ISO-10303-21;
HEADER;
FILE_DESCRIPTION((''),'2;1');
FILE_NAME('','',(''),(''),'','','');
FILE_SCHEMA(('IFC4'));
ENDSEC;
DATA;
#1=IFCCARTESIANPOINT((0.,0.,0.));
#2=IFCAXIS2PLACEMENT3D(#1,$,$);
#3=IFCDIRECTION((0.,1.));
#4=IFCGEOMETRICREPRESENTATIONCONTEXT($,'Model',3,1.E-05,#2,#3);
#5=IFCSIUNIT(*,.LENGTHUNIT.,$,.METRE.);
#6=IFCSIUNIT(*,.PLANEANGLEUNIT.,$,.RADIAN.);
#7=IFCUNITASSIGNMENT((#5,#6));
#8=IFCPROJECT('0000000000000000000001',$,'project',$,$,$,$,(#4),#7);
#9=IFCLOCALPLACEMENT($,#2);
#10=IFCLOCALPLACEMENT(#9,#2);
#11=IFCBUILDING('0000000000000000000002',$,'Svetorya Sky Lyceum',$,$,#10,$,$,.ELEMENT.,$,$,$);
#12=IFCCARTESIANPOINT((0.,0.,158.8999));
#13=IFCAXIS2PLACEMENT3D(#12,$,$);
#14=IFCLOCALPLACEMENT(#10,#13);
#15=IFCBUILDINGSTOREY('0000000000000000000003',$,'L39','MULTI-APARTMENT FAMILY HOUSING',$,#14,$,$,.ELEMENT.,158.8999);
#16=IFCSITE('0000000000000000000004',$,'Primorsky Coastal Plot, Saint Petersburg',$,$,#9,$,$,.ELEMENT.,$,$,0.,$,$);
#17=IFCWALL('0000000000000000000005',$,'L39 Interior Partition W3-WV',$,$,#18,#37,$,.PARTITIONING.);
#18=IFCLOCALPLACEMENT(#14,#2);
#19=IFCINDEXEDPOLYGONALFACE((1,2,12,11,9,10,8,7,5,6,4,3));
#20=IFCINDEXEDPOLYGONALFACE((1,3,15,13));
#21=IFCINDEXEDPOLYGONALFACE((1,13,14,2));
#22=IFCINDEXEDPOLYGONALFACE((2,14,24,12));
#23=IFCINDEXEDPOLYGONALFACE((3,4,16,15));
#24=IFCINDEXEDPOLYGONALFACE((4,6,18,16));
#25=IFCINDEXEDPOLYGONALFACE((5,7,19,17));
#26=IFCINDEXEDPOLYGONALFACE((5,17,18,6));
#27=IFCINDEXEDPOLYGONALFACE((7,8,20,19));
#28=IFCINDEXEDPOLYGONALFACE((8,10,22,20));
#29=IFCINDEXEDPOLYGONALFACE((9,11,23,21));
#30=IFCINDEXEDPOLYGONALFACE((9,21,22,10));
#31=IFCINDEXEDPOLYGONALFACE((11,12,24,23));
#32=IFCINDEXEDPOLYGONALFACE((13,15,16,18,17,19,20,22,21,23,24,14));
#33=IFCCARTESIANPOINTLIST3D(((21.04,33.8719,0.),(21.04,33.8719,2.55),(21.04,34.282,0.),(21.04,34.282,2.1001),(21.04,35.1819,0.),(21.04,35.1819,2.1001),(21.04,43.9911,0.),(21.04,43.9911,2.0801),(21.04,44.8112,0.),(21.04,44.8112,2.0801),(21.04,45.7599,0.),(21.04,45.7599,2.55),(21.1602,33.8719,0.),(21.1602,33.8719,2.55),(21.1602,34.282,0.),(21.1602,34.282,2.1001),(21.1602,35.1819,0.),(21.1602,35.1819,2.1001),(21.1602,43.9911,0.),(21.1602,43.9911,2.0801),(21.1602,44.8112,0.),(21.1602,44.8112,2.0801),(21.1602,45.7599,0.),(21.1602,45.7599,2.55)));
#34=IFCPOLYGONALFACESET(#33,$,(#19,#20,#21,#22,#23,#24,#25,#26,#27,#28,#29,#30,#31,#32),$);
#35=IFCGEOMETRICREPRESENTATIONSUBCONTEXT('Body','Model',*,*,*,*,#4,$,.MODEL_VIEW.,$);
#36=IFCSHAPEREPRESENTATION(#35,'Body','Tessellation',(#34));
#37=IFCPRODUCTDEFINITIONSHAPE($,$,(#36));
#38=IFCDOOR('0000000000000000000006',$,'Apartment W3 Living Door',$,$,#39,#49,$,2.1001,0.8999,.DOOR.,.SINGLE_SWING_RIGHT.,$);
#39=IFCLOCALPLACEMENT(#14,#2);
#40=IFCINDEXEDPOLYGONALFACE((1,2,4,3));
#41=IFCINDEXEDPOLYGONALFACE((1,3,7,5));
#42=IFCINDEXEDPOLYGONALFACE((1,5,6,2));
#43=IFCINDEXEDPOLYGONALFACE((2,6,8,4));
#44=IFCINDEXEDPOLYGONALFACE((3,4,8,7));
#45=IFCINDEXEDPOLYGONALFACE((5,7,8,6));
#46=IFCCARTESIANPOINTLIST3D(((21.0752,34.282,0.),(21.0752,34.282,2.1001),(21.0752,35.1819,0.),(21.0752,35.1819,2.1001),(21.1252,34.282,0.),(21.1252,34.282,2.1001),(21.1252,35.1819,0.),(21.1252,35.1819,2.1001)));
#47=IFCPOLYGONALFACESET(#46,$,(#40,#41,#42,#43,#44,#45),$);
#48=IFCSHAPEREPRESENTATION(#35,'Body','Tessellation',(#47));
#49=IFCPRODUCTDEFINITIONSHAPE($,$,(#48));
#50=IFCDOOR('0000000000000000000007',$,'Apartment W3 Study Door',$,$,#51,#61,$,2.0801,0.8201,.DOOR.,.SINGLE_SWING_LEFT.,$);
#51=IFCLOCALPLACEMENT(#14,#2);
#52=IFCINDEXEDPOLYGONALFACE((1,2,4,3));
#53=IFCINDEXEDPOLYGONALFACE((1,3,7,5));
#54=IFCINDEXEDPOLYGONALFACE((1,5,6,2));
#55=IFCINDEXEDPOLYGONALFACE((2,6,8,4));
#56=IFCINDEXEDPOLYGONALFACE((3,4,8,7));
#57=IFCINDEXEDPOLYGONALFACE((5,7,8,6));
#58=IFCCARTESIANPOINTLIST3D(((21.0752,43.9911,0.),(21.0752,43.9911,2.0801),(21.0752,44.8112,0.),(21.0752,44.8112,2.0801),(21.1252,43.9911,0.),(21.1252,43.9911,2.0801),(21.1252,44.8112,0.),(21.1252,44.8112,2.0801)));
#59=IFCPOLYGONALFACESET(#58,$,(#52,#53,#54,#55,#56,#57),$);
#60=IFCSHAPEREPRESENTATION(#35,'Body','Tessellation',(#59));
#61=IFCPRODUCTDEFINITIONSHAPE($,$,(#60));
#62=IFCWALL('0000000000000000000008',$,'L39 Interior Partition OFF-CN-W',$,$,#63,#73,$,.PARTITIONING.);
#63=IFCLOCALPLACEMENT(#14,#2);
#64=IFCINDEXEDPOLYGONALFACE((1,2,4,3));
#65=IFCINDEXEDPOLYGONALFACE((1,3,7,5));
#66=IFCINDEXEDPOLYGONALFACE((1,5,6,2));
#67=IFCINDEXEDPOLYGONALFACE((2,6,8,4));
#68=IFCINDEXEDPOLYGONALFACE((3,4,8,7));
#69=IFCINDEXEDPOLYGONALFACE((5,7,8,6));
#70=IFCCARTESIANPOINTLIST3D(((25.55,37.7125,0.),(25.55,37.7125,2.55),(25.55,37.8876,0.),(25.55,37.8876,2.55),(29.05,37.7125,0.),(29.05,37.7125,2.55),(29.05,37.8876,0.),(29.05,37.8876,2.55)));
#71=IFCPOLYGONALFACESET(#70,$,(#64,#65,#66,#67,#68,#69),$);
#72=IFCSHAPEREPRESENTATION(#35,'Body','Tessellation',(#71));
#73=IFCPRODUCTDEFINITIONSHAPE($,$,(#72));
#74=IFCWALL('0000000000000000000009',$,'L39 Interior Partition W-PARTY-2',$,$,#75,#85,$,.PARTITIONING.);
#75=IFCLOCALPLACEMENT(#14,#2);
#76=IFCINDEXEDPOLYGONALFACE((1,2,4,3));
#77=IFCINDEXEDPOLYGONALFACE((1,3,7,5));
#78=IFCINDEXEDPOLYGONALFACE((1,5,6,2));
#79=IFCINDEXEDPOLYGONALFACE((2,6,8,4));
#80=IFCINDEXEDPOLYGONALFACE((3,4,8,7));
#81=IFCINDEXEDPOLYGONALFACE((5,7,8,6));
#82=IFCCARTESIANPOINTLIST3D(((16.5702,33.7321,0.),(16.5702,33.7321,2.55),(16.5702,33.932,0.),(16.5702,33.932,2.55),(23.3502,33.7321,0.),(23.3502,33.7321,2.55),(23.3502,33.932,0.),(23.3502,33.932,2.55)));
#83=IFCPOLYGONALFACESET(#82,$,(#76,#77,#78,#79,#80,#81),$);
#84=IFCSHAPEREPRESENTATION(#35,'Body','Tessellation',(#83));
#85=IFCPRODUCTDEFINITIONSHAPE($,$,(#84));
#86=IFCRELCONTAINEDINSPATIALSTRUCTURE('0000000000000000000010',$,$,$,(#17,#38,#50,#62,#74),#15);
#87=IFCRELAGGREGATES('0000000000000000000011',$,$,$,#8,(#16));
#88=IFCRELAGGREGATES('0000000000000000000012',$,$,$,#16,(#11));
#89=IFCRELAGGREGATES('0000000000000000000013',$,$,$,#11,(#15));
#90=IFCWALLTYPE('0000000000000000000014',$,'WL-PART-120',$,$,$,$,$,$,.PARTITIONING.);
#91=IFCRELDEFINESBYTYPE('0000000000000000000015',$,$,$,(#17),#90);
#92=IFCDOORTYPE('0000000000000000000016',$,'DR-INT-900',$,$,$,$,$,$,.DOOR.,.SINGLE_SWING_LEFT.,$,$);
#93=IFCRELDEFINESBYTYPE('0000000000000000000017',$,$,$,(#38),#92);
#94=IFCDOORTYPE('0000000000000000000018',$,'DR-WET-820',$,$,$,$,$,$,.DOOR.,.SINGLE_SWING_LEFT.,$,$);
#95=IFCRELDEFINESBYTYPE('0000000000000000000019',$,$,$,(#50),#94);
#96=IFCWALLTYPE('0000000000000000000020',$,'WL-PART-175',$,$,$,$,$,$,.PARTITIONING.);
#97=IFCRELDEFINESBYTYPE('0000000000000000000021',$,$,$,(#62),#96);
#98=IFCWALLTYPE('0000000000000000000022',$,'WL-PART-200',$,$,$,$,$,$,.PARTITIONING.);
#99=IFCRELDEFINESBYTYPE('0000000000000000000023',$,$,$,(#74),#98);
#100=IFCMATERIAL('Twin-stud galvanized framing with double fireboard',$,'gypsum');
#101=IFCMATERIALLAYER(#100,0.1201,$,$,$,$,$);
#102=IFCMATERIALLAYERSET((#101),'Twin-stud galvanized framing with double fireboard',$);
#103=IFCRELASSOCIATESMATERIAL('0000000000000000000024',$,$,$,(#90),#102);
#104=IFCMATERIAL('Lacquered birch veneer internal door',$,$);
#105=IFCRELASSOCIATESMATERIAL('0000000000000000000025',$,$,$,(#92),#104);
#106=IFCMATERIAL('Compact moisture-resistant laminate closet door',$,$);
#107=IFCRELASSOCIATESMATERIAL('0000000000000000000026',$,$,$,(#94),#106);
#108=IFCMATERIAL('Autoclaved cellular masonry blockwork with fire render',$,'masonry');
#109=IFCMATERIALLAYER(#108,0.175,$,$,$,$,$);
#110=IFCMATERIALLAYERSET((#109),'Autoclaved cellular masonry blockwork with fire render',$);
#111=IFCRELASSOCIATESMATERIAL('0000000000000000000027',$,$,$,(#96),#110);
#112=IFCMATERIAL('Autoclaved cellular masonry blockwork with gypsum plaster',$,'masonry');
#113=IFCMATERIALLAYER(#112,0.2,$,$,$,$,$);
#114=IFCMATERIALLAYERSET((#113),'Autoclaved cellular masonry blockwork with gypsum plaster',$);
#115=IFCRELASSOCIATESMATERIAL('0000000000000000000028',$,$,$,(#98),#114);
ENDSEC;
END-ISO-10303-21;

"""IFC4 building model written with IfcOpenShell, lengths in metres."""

from ifc_helpers import new_model, si_unit, direction, frame, frame_2d, origin, place, context, subcontext, project, spatial, rectangle, extrude, material, layer, layer_set, type_object, element, fill, save


model = new_model("IFC4")

# Units and contexts
model_context = context("Model", 3, precision=1e-05, world=origin(), true_north=direction((0.0, 1.0)))
body_context = subcontext(model_context, "Body", "Model", "MODEL_VIEW")
ifc_project = project(units=[si_unit("LENGTHUNIT", "METRE"), si_unit("PLANEANGLEUNIT", "RADIAN")], contexts=[model_context])

# Site, building, storey
site_placement = place(None, origin())
site = spatial("IfcSite", under=ifc_project, at=site_placement, Name="Primorsky Coastal Plot, Saint Petersburg", CompositionType="ELEMENT", RefElevation=0.0)
building_placement = place(site_placement, origin())
building = spatial("IfcBuilding", under=site, at=building_placement, Name="Svetorya Sky Lyceum", CompositionType="ELEMENT")
storey_placement = place(building_placement, frame((0.0, 0.0, 158.8999)))
storey = spatial("IfcBuildingStorey", under=building, at=storey_placement, Name="L39", Description="MULTI-APARTMENT FAMILY HOUSING", CompositionType="ELEMENT", Elevation=158.8999)

# Shared definitions
ifc_material_1 = material(Name="Twin-stud galvanized framing with double fireboard", Category="gypsum")
ifc_layer_1 = layer(ifc_material_1, 0.1201)
ifc_layer_set_1 = layer_set([ifc_layer_1], Name="Twin-stud galvanized framing with double fireboard")
wall_type_1 = type_object("IfcWallType", Name="WL-PART-120", PredefinedType="PARTITIONING", material=ifc_layer_set_1)
ifc_material_2 = material(Name="Lacquered birch veneer internal door")
door_type_1 = type_object("IfcDoorType", Name="DR-INT-900", OperationType="SINGLE_SWING_LEFT", PredefinedType="DOOR", material=ifc_material_2)

# Wall, openings, doors
wall_1_placement = place(storey_placement, frame((21.1001, 33.8721, 0.0), z_axis=(0.0, 0.0, 1.0), x_axis=(0.0, 1.0, 0.0)))
wall_1 = element("IfcWall", 1, at=wall_1_placement, inside=storey, type_object=wall_type_1, Name="L39 Interior Partition W3-WV", PredefinedType="PARTITIONING", context=body_context, shape_type="SweptSolid", body=[
    extrude(rectangle(XDim=11.8879, YDim=0.1201, at=frame_2d((5.9438, 0.0))), origin(), (0.0, 0.0, 1.0), 2.55),
])
opening_1_placement = place(wall_1_placement, frame((0.4099, 0.0, 0.0)))
opening_1 = element("IfcOpeningElement", 2, at=opening_1_placement, cuts=wall_1, PredefinedType="OPENING", context=body_context, shape_type="SweptSolid", body=[
    extrude(rectangle(XDim=0.8999, YDim=2.1001, at=frame_2d((0.45, 1.05))), frame((0.0, 0.0701, 0.0), z_axis=(0.0, -1.0, 0.0), x_axis=(1.0, 0.0, 0.0)), (0.0, 0.0, 1.0), 0.1401),
])
opening_2_placement = place(wall_1_placement, frame((10.1189, 0.0, 0.0)))
opening_2 = element("IfcOpeningElement", 3, at=opening_2_placement, cuts=wall_1, PredefinedType="OPENING", context=body_context, shape_type="SweptSolid", body=[
    extrude(rectangle(XDim=0.8201, YDim=2.0801, at=frame_2d((0.4102, 1.04))), frame((0.0, 0.0701, 0.0), z_axis=(0.0, -1.0, 0.0), x_axis=(1.0, 0.0, 0.0)), (0.0, 0.0, 1.0), 0.1401),
])
door_1_placement = place(opening_1_placement, origin())
door_1 = element("IfcDoor", 4, at=door_1_placement, inside=storey, type_object=door_type_1, Name="Apartment W3 Living Door", OperationType="SINGLE_SWING_RIGHT", OverallHeight=2.1001, OverallWidth=0.8999, PredefinedType="DOOR", context=body_context, shape_type="SweptSolid", body=[
    extrude(rectangle(XDim=0.8999, YDim=2.1001, at=frame_2d((0.45, 1.05))), frame((0.0, 0.0249, 0.0), z_axis=(0.0, -1.0, 0.0), x_axis=(1.0, 0.0, 0.0)), (0.0, 0.0, 1.0), 0.05),
])
fill(opening_1, door_1)
ifc_material_3 = material(Name="Compact moisture-resistant laminate closet door")
door_type_2 = type_object("IfcDoorType", Name="DR-WET-820", OperationType="SINGLE_SWING_LEFT", PredefinedType="DOOR", material=ifc_material_3)
door_2_placement = place(opening_2_placement, origin())
door_2 = element("IfcDoor", 5, at=door_2_placement, inside=storey, type_object=door_type_2, Name="Apartment W3 Study Door", OperationType="SINGLE_SWING_LEFT", OverallHeight=2.0801, OverallWidth=0.8201, PredefinedType="DOOR", context=body_context, shape_type="SweptSolid", body=[
    extrude(rectangle(XDim=0.8201, YDim=2.0801, at=frame_2d((0.4102, 1.04))), frame((0.0, 0.0249, 0.0), z_axis=(0.0, -1.0, 0.0), x_axis=(1.0, 0.0, 0.0)), (0.0, 0.0, 1.0), 0.05),
])
fill(opening_2, door_2)

# Walls
ifc_material_4 = material(Name="Autoclaved cellular masonry blockwork with fire render", Category="masonry")
ifc_layer_2 = layer(ifc_material_4, 0.175)
ifc_layer_set_2 = layer_set([ifc_layer_2], Name="Autoclaved cellular masonry blockwork with fire render")
wall_type_2 = type_object("IfcWallType", Name="WL-PART-175", PredefinedType="PARTITIONING", material=ifc_layer_set_2)
wall_2_placement = place(storey_placement, frame((25.55, 37.8, 0.0), z_axis=(0.0, 0.0, 1.0), x_axis=(1.0, 0.0, 0.0)))
element("IfcWall", 6, at=wall_2_placement, inside=storey, type_object=wall_type_2, Name="L39 Interior Partition OFF-CN-W", PredefinedType="PARTITIONING", context=body_context, shape_type="SweptSolid", body=[
    extrude(rectangle(XDim=3.5, YDim=0.175, at=frame_2d((1.75, 0.0))), origin(), (0.0, 0.0, 1.0), 2.55),
])
ifc_material_5 = material(Name="Autoclaved cellular masonry blockwork with gypsum plaster", Category="masonry")
ifc_layer_3 = layer(ifc_material_5, 0.2)
ifc_layer_set_3 = layer_set([ifc_layer_3], Name="Autoclaved cellular masonry blockwork with gypsum plaster")
wall_type_3 = type_object("IfcWallType", Name="WL-PART-200", PredefinedType="PARTITIONING", material=ifc_layer_set_3)
wall_3_placement = place(storey_placement, frame((16.5701, 33.832, 0.0), z_axis=(0.0, 0.0, 1.0), x_axis=(1.0, 0.0, 0.0)))
element("IfcWall", 7, at=wall_3_placement, inside=storey, type_object=wall_type_3, Name="L39 Interior Partition W-PARTY-2", PredefinedType="PARTITIONING", context=body_context, shape_type="SweptSolid", body=[
    extrude(rectangle(XDim=6.78, YDim=0.2, at=frame_2d((3.3901, 0.0))), origin(), (0.0, 0.0, 1.0), 2.55),
])

save(model, "model.ifc")
